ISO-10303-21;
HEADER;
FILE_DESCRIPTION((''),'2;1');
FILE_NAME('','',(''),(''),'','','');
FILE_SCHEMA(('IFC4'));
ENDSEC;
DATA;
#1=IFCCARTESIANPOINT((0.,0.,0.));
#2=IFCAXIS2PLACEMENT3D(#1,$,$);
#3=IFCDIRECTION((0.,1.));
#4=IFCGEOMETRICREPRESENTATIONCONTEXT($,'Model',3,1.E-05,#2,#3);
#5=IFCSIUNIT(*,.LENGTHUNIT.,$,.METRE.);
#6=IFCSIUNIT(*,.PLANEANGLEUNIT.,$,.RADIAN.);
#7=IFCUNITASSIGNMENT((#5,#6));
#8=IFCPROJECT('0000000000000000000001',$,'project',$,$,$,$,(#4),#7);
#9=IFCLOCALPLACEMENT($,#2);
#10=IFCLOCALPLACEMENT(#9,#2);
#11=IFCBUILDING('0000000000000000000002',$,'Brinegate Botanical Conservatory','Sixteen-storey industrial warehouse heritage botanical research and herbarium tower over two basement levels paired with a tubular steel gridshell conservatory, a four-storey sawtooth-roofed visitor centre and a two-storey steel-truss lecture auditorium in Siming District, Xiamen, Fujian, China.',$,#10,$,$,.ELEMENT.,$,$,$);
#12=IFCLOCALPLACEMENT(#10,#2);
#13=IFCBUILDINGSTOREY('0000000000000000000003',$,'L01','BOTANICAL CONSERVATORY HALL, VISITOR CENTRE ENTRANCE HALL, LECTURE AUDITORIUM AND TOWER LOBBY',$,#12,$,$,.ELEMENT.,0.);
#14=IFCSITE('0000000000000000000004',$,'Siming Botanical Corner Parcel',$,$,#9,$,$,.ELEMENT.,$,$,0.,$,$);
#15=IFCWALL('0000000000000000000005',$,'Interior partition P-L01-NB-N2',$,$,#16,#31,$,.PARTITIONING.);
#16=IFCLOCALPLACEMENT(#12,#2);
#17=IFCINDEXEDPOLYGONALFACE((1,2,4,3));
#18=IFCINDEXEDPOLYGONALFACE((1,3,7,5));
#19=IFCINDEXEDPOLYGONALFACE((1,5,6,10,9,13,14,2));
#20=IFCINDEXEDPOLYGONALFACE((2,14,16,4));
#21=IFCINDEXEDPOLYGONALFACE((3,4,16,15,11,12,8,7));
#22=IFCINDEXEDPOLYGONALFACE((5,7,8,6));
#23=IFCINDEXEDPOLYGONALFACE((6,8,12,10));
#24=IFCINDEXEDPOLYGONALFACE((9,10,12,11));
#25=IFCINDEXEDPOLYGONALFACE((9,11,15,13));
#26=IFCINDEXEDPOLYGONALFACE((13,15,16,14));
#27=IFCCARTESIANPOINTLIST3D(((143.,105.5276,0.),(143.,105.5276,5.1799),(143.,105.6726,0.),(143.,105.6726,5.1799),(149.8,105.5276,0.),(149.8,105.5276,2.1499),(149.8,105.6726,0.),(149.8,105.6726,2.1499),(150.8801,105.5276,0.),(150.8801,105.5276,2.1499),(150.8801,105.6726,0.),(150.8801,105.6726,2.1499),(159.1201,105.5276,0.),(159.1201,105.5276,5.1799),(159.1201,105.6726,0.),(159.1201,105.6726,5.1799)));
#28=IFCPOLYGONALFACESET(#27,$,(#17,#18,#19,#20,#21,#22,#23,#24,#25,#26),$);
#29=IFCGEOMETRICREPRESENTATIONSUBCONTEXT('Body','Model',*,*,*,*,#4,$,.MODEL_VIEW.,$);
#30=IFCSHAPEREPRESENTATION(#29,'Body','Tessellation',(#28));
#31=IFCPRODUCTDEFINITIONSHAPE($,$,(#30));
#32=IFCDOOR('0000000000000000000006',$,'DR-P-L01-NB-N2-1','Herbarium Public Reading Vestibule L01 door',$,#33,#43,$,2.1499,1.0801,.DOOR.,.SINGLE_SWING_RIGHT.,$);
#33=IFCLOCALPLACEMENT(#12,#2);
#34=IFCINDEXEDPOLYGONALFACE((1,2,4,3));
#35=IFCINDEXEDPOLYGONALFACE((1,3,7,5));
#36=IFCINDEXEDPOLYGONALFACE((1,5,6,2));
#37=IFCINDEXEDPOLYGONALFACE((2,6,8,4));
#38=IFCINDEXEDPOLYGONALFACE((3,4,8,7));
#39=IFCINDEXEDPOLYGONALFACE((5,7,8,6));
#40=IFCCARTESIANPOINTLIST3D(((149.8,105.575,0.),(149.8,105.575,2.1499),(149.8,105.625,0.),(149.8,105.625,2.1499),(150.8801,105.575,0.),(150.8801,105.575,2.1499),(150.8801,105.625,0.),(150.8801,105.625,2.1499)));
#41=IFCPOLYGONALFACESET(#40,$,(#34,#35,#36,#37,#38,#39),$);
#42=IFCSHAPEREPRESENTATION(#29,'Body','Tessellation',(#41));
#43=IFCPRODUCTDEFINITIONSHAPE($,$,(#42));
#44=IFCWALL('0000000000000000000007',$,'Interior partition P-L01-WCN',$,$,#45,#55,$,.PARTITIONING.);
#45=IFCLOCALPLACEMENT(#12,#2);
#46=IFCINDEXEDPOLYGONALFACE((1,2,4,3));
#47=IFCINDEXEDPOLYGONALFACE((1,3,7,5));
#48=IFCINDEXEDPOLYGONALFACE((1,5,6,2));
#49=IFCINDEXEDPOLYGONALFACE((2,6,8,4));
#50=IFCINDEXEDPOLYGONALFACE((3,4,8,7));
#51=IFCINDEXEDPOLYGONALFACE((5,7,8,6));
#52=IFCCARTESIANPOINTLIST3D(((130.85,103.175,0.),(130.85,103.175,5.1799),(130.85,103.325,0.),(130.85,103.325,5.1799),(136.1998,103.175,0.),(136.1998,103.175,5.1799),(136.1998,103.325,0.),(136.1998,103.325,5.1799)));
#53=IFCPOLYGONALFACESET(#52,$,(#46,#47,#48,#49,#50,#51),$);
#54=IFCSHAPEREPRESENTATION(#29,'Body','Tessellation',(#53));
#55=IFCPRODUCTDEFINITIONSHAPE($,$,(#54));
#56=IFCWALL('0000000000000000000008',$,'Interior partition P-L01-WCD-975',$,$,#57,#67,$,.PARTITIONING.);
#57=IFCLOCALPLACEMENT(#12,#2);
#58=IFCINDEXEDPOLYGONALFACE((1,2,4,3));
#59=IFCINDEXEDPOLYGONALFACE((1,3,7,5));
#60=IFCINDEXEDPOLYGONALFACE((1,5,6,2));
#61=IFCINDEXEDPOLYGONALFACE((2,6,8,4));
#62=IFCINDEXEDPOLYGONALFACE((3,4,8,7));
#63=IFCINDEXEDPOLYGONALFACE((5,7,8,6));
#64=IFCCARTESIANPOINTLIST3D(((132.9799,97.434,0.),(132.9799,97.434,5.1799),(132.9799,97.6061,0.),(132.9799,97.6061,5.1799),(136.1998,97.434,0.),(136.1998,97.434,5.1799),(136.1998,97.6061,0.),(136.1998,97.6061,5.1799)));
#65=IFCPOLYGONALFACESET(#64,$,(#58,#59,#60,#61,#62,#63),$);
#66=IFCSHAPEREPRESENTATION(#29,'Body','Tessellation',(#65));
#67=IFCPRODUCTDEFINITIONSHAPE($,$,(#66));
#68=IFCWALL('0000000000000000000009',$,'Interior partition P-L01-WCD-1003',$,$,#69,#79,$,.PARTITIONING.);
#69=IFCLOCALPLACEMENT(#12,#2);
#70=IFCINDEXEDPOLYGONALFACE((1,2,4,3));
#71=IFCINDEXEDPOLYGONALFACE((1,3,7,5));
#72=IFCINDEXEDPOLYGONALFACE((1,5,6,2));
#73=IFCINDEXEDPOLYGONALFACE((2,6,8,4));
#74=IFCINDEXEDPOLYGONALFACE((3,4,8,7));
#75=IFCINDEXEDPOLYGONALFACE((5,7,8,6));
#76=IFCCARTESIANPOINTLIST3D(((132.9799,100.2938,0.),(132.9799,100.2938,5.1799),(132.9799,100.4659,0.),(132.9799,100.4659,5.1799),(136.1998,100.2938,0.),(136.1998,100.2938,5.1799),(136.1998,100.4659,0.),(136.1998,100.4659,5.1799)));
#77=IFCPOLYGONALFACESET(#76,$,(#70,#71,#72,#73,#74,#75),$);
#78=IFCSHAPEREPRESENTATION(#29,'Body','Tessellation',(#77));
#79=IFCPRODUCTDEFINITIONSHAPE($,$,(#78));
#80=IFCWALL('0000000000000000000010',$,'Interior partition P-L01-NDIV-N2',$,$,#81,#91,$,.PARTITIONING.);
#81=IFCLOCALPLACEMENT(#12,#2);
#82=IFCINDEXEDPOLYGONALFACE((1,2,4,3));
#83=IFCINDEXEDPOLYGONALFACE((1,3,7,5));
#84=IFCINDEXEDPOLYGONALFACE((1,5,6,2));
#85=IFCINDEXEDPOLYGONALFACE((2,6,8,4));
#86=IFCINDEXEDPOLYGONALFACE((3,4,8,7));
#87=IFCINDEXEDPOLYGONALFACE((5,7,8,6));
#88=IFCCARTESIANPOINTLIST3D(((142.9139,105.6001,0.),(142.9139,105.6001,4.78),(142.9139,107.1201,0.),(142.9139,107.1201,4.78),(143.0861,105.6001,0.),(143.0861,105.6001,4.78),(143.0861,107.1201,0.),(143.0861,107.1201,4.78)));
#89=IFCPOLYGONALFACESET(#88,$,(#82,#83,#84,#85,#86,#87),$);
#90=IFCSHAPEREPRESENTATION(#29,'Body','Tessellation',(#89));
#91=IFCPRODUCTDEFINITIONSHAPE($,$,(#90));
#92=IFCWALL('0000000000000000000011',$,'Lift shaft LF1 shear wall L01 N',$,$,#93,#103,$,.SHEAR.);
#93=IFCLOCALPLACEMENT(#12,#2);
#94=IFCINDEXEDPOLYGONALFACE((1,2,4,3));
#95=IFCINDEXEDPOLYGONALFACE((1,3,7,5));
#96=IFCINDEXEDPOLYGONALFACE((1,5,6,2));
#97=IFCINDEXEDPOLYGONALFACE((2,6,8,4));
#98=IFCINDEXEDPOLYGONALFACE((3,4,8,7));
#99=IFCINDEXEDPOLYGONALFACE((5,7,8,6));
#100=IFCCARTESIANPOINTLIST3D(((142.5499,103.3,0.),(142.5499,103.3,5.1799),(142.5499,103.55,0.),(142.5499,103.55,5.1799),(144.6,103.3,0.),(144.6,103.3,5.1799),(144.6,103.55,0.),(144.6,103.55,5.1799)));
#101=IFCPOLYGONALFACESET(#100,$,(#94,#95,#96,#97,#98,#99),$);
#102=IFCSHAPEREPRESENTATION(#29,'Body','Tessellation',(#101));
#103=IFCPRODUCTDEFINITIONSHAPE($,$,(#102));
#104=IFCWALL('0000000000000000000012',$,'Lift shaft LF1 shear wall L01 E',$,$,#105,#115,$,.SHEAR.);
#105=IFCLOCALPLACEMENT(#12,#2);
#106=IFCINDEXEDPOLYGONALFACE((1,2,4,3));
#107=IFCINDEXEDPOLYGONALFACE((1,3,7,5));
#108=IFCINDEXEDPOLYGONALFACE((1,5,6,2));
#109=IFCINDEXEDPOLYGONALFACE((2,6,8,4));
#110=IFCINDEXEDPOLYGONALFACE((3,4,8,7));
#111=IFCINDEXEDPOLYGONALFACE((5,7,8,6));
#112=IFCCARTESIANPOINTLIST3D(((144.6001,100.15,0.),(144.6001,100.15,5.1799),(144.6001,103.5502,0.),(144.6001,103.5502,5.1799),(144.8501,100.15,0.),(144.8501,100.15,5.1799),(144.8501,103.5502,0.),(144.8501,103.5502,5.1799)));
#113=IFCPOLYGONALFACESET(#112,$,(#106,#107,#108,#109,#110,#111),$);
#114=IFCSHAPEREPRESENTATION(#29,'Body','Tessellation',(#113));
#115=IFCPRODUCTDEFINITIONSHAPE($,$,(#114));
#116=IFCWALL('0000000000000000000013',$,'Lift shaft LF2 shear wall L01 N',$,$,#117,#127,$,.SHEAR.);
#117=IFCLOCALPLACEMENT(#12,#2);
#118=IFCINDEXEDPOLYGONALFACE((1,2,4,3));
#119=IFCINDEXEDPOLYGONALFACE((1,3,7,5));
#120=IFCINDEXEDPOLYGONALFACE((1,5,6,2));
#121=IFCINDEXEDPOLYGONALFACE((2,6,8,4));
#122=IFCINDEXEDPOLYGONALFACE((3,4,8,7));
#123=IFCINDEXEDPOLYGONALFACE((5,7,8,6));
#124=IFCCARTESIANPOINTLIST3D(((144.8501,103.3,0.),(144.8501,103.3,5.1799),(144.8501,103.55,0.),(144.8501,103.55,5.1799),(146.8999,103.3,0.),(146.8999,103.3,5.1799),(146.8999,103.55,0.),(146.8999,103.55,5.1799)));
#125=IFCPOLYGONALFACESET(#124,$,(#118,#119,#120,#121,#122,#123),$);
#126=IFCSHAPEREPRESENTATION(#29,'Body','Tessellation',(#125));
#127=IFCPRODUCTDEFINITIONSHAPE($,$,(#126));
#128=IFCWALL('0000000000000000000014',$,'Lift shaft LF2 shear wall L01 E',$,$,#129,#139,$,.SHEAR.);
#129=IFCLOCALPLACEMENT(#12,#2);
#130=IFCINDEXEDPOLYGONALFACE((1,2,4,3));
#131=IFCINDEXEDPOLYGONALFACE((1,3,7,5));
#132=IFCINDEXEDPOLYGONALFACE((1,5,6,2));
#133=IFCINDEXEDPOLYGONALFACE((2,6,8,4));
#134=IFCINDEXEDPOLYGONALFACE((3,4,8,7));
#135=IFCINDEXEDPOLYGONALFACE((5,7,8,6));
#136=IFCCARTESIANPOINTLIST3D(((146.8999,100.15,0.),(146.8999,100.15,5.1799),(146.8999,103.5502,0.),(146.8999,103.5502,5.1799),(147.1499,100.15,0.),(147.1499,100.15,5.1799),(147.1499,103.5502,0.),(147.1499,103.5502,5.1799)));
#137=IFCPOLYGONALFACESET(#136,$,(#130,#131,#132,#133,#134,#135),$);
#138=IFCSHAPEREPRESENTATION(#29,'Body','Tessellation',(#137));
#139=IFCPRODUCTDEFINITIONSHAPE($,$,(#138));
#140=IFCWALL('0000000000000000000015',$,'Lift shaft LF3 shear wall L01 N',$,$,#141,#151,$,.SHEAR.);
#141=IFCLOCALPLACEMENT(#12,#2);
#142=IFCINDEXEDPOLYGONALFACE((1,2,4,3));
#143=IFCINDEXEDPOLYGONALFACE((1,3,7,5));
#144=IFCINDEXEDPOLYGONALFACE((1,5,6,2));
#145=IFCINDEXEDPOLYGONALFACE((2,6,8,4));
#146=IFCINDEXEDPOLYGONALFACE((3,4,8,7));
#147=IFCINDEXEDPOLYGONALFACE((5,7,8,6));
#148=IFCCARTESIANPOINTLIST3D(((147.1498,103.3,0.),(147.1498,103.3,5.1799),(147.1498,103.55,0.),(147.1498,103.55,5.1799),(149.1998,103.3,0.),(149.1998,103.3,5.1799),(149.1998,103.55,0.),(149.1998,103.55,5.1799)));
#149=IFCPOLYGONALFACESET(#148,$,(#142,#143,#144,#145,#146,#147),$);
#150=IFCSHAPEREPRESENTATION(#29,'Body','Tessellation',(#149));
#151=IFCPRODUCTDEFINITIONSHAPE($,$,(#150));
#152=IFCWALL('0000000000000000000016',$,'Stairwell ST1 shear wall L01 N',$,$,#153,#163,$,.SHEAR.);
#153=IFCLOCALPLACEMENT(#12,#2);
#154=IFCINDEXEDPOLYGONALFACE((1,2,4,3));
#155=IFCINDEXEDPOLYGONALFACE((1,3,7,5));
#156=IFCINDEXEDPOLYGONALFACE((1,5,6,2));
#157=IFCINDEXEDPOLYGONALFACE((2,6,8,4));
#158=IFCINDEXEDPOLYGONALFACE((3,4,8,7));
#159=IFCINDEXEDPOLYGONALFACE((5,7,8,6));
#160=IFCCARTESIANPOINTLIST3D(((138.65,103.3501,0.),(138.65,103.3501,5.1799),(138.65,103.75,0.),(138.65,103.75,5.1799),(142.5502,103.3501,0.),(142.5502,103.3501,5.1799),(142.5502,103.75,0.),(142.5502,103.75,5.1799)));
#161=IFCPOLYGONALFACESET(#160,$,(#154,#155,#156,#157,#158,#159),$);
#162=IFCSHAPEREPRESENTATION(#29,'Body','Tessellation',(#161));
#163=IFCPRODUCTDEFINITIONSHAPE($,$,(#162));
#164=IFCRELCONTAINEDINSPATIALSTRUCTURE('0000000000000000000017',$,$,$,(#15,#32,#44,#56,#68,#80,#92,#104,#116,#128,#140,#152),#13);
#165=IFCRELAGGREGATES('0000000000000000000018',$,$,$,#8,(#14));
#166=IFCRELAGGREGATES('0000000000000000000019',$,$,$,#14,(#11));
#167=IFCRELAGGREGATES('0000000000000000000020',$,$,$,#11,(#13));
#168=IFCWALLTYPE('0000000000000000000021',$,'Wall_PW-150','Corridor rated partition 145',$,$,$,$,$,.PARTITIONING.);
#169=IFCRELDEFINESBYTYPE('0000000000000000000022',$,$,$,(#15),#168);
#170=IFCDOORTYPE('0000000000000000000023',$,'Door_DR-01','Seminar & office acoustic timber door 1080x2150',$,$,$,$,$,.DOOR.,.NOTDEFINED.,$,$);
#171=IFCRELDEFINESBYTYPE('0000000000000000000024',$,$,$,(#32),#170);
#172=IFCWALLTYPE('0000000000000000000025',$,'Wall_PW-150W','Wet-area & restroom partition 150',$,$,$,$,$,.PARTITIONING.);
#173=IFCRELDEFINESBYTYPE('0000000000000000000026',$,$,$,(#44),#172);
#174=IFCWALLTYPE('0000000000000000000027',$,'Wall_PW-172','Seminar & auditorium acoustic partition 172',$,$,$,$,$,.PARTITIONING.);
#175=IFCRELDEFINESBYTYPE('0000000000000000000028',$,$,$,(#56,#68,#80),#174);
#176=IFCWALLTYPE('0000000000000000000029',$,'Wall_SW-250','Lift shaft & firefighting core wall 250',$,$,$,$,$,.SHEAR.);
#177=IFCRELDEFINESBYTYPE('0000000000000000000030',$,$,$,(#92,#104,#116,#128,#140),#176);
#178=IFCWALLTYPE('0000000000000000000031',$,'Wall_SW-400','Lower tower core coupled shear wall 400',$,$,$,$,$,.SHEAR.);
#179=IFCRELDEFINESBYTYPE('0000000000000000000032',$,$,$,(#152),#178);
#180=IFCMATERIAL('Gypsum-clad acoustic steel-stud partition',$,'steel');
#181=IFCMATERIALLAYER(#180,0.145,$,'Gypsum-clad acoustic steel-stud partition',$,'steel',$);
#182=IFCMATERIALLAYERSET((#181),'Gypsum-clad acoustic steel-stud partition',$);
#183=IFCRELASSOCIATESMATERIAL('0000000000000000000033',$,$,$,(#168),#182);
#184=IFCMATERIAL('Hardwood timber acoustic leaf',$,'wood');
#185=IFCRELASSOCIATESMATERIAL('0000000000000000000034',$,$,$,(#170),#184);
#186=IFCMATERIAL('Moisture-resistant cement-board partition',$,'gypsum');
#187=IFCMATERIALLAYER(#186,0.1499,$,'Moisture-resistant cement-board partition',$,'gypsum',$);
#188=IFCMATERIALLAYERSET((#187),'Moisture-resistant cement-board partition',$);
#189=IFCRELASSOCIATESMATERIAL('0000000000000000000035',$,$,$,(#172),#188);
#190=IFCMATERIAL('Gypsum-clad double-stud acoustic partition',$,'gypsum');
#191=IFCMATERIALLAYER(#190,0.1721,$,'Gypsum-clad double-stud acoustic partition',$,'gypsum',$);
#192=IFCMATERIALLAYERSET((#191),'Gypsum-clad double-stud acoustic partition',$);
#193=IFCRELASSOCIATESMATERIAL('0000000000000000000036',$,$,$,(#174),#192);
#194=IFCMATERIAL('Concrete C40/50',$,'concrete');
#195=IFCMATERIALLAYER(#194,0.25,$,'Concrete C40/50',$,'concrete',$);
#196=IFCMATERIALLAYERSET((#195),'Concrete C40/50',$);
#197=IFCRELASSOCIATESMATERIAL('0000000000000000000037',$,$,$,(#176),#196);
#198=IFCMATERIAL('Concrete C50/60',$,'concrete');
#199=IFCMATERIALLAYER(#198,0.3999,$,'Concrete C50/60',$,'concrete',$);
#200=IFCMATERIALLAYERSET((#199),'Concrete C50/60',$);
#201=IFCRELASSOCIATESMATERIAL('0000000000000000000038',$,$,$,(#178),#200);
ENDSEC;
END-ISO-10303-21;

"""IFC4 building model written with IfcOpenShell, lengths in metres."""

from ifc_helpers import new_model, si_unit, direction, frame, frame_2d, origin, place, context, subcontext, project, spatial, rectangle, extrude, material, layer, layer_set, type_object, element, fill, save


model = new_model("IFC4")

# Units and contexts
model_context = context("Model", 3, precision=1e-05, world=origin(), true_north=direction((0.0, 1.0)))
body_context = subcontext(model_context, "Body", "Model", "MODEL_VIEW")
ifc_project = project(units=[si_unit("LENGTHUNIT", "METRE"), si_unit("PLANEANGLEUNIT", "RADIAN")], contexts=[model_context])

# Site, building, storey
site_placement = place(None, origin())
site = spatial("IfcSite", under=ifc_project, at=site_placement, Name="Siming Botanical Corner Parcel", CompositionType="ELEMENT", RefElevation=0.0)
building_placement = place(site_placement, origin())
building = spatial("IfcBuilding", under=site, at=building_placement, Name="Brinegate Botanical Conservatory", Description="Sixteen-storey industrial warehouse heritage botanical research and herbarium tower over two basement levels paired with a tubular steel gridshell conservatory, a four-storey sawtooth-roofed visitor centre and a two-storey steel-truss lecture auditorium in Siming District, Xiamen, Fujian, China.", CompositionType="ELEMENT")
storey_placement = place(building_placement, origin())
storey = spatial("IfcBuildingStorey", under=building, at=storey_placement, Name="L01", Description="BOTANICAL CONSERVATORY HALL, VISITOR CENTRE ENTRANCE HALL, LECTURE AUDITORIUM AND TOWER LOBBY", CompositionType="ELEMENT", Elevation=0.0)

# Shared definitions
ifc_material_1 = material(Name="Concrete C50/60", Category="concrete")

# Shared definitions
ifc_material_2 = material(Name="Concrete C40/50", Category="concrete")

# Wall, opening, door
ifc_material_3 = material(Name="Gypsum-clad acoustic steel-stud partition", Category="steel")
ifc_layer_1 = layer(ifc_material_3, 0.145, Name="Gypsum-clad acoustic steel-stud partition", Category="steel")
ifc_layer_set_1 = layer_set([ifc_layer_1], Name="Gypsum-clad acoustic steel-stud partition")
wall_type_1 = type_object("IfcWallType", Name="Wall_PW-150", Description="Corridor rated partition 145", PredefinedType="PARTITIONING", material=ifc_layer_set_1)
wall_1_placement = place(storey_placement, frame((143.0, 105.6001, 0.0), z_axis=(0.0, 0.0, 1.0), x_axis=(1.0, 0.0, 0.0)))
wall_1 = element("IfcWall", 1, at=wall_1_placement, inside=storey, type_object=wall_type_1, Name="Interior partition P-L01-NB-N2", PredefinedType="PARTITIONING", context=body_context, shape_type="SweptSolid", body=[
    extrude(rectangle(XDim=16.1201, YDim=0.145, at=frame_2d((8.0601, 0.0))), origin(), (0.0, 0.0, 1.0), 5.1799),
])
opening_1_placement = place(wall_1_placement, frame((6.8, 0.0, 0.0)))
opening_1 = element("IfcOpeningElement", 2, at=opening_1_placement, cuts=wall_1, PredefinedType="OPENING", context=body_context, shape_type="SweptSolid", body=[
    extrude(rectangle(XDim=1.0801, YDim=2.1499, at=frame_2d((0.54, 1.075))), frame((0.0, 0.0825, 0.0), z_axis=(0.0, -1.0, 0.0), x_axis=(1.0, 0.0, 0.0)), (0.0, 0.0, 1.0), 0.165),
])
ifc_material_4 = material(Name="Hardwood timber acoustic leaf", Category="wood")
door_type_1 = type_object("IfcDoorType", Name="Door_DR-01", Description="Seminar & office acoustic timber door 1080x2150", OperationType="NOTDEFINED", PredefinedType="DOOR", material=ifc_material_4)
door_1_placement = place(opening_1_placement, origin())
door_1 = element("IfcDoor", 3, at=door_1_placement, inside=storey, type_object=door_type_1, Name="DR-P-L01-NB-N2-1", Description="Herbarium Public Reading Vestibule L01 door", OperationType="SINGLE_SWING_RIGHT", OverallHeight=2.1499, OverallWidth=1.0801, PredefinedType="DOOR", context=body_context, shape_type="SweptSolid", body=[
    extrude(rectangle(XDim=1.0801, YDim=2.1499, at=frame_2d((0.54, 1.075))), frame((0.0, 0.0249, 0.0), z_axis=(0.0, -1.0, 0.0), x_axis=(1.0, 0.0, 0.0)), (0.0, 0.0, 1.0), 0.05),
])
fill(opening_1, door_1)

# Walls
ifc_material_5 = material(Name="Moisture-resistant cement-board partition", Category="gypsum")
ifc_layer_2 = layer(ifc_material_5, 0.1499, Name="Moisture-resistant cement-board partition", Category="gypsum")
ifc_layer_set_2 = layer_set([ifc_layer_2], Name="Moisture-resistant cement-board partition")
wall_type_2 = type_object("IfcWallType", Name="Wall_PW-150W", Description="Wet-area & restroom partition 150", PredefinedType="PARTITIONING", material=ifc_layer_set_2)
wall_2_placement = place(storey_placement, frame((130.8501, 103.25, 0.0), z_axis=(0.0, 0.0, 1.0), x_axis=(1.0, 0.0, 0.0)))
element("IfcWall", 4, at=wall_2_placement, inside=storey, type_object=wall_type_2, Name="Interior partition P-L01-WCN", PredefinedType="PARTITIONING", context=body_context, shape_type="SweptSolid", body=[
    extrude(rectangle(XDim=5.3499, YDim=0.1499, at=frame_2d((2.6748, 0.0))), origin(), (0.0, 0.0, 1.0), 5.1799),
])
ifc_material_6 = material(Name="Gypsum-clad double-stud acoustic partition", Category="gypsum")
ifc_layer_3 = layer(ifc_material_6, 0.1721, Name="Gypsum-clad double-stud acoustic partition", Category="gypsum")
ifc_layer_set_3 = layer_set([ifc_layer_3], Name="Gypsum-clad double-stud acoustic partition")
wall_type_3 = type_object("IfcWallType", Name="Wall_PW-172", Description="Seminar & auditorium acoustic partition 172", PredefinedType="PARTITIONING", material=ifc_layer_set_3)
for number, where, z_axis, x_axis, name in (
    (5, (132.98, 97.52, 0.0), (0.0, 0.0, 1.0), (1.0, 0.0, 0.0), "Interior partition P-L01-WCD-975"),
    (6, (132.98, 100.3799, 0.0), (0.0, 0.0, 1.0), (1.0, 0.0, 0.0), "Interior partition P-L01-WCD-1003"),
):
    element("IfcWall", number, at=place(storey_placement, frame(where, z_axis=z_axis, x_axis=x_axis)), inside=storey, type_object=wall_type_3, Name=name, PredefinedType="PARTITIONING", context=body_context, shape_type="SweptSolid", body=[
        extrude(rectangle(XDim=3.22, YDim=0.1721, at=frame_2d((1.6099, 0.0))), origin(), (0.0, 0.0, 1.0), 5.1799),
    ])
wall_3_placement = place(storey_placement, frame((143.0, 105.6001, 0.0), z_axis=(0.0, 0.0, 1.0), x_axis=(0.0, 1.0, 0.0)))
element("IfcWall", 7, at=wall_3_placement, inside=storey, type_object=wall_type_3, Name="Interior partition P-L01-NDIV-N2", PredefinedType="PARTITIONING", context=body_context, shape_type="SweptSolid", body=[
    extrude(rectangle(XDim=1.52, YDim=0.1721, at=frame_2d((0.76, 0.0))), origin(), (0.0, 0.0, 1.0), 4.78),
])

# Shared definitions
ifc_layer_4 = layer(ifc_material_2, 0.25, Name="Concrete C40/50", Category="concrete")
ifc_layer_set_4 = layer_set([ifc_layer_4], Name="Concrete C40/50")
wall_type_4 = type_object("IfcWallType", Name="Wall_SW-250", Description="Lift shaft & firefighting core wall 250", PredefinedType="SHEAR", material=ifc_layer_set_4)

# Walls
wall_4_placement = place(storey_placement, frame((142.55, 103.425, 0.0), z_axis=(0.0, 0.0, 1.0), x_axis=(1.0, 0.0, 0.0)))
element("IfcWall", 8, at=wall_4_placement, inside=storey, type_object=wall_type_4, Name="Lift shaft LF1 shear wall L01 N", PredefinedType="SHEAR", context=body_context, shape_type="SweptSolid", body=[
    extrude(rectangle(XDim=2.05, YDim=0.25, at=frame_2d((1.0249, 0.0))), origin(), (0.0, 0.0, 1.0), 5.1799),
])
wall_5_placement = place(storey_placement, frame((144.7251, 100.1499, 0.0), z_axis=(0.0, 0.0, 1.0), x_axis=(0.0, 1.0, 0.0)))
element("IfcWall", 9, at=wall_5_placement, inside=storey, type_object=wall_type_4, Name="Lift shaft LF1 shear wall L01 E", PredefinedType="SHEAR", context=body_context, shape_type="SweptSolid", body=[
    extrude(rectangle(XDim=3.4001, YDim=0.25, at=frame_2d((1.7002, 0.0))), origin(), (0.0, 0.0, 1.0), 5.1799),
])

# Walls
wall_6_placement = place(storey_placement, frame((144.8501, 103.425, 0.0), z_axis=(0.0, 0.0, 1.0), x_axis=(1.0, 0.0, 0.0)))
element("IfcWall", 10, at=wall_6_placement, inside=storey, type_object=wall_type_4, Name="Lift shaft LF2 shear wall L01 N", PredefinedType="SHEAR", context=body_context, shape_type="SweptSolid", body=[
    extrude(rectangle(XDim=2.0498, YDim=0.25, at=frame_2d((1.0249, 0.0))), origin(), (0.0, 0.0, 1.0), 5.1799),
])
wall_7_placement = place(storey_placement, frame((147.0249, 100.1499, 0.0), z_axis=(0.0, 0.0, 1.0), x_axis=(0.0, 1.0, 0.0)))
element("IfcWall", 11, at=wall_7_placement, inside=storey, type_object=wall_type_4, Name="Lift shaft LF2 shear wall L01 E", PredefinedType="SHEAR", context=body_context, shape_type="SweptSolid", body=[
    extrude(rectangle(XDim=3.4001, YDim=0.25, at=frame_2d((1.7002, 0.0))), origin(), (0.0, 0.0, 1.0), 5.1799),
])

# Walls
wall_8_placement = place(storey_placement, frame((147.1499, 103.425, 0.0), z_axis=(0.0, 0.0, 1.0), x_axis=(1.0, 0.0, 0.0)))
element("IfcWall", 12, at=wall_8_placement, inside=storey, type_object=wall_type_4, Name="Lift shaft LF3 shear wall L01 N", PredefinedType="SHEAR", context=body_context, shape_type="SweptSolid", body=[
    extrude(rectangle(XDim=2.05, YDim=0.25, at=frame_2d((1.0249, 0.0))), origin(), (0.0, 0.0, 1.0), 5.1799),
])
ifc_layer_5 = layer(ifc_material_1, 0.3999, Name="Concrete C50/60", Category="concrete")
ifc_layer_set_5 = layer_set([ifc_layer_5], Name="Concrete C50/60")
wall_type_5 = type_object("IfcWallType", Name="Wall_SW-400", Description="Lower tower core coupled shear wall 400", PredefinedType="SHEAR", material=ifc_layer_set_5)
wall_9_placement = place(storey_placement, frame((138.6499, 103.55, 0.0), z_axis=(0.0, 0.0, 1.0), x_axis=(1.0, 0.0, 0.0)))
element("IfcWall", 13, at=wall_9_placement, inside=storey, type_object=wall_type_5, Name="Stairwell ST1 shear wall L01 N", PredefinedType="SHEAR", context=body_context, shape_type="SweptSolid", body=[
    extrude(rectangle(XDim=3.9001, YDim=0.3999, at=frame_2d((1.9502, 0.0))), origin(), (0.0, 0.0, 1.0), 5.1799),
])

save(model, "model.ifc")
